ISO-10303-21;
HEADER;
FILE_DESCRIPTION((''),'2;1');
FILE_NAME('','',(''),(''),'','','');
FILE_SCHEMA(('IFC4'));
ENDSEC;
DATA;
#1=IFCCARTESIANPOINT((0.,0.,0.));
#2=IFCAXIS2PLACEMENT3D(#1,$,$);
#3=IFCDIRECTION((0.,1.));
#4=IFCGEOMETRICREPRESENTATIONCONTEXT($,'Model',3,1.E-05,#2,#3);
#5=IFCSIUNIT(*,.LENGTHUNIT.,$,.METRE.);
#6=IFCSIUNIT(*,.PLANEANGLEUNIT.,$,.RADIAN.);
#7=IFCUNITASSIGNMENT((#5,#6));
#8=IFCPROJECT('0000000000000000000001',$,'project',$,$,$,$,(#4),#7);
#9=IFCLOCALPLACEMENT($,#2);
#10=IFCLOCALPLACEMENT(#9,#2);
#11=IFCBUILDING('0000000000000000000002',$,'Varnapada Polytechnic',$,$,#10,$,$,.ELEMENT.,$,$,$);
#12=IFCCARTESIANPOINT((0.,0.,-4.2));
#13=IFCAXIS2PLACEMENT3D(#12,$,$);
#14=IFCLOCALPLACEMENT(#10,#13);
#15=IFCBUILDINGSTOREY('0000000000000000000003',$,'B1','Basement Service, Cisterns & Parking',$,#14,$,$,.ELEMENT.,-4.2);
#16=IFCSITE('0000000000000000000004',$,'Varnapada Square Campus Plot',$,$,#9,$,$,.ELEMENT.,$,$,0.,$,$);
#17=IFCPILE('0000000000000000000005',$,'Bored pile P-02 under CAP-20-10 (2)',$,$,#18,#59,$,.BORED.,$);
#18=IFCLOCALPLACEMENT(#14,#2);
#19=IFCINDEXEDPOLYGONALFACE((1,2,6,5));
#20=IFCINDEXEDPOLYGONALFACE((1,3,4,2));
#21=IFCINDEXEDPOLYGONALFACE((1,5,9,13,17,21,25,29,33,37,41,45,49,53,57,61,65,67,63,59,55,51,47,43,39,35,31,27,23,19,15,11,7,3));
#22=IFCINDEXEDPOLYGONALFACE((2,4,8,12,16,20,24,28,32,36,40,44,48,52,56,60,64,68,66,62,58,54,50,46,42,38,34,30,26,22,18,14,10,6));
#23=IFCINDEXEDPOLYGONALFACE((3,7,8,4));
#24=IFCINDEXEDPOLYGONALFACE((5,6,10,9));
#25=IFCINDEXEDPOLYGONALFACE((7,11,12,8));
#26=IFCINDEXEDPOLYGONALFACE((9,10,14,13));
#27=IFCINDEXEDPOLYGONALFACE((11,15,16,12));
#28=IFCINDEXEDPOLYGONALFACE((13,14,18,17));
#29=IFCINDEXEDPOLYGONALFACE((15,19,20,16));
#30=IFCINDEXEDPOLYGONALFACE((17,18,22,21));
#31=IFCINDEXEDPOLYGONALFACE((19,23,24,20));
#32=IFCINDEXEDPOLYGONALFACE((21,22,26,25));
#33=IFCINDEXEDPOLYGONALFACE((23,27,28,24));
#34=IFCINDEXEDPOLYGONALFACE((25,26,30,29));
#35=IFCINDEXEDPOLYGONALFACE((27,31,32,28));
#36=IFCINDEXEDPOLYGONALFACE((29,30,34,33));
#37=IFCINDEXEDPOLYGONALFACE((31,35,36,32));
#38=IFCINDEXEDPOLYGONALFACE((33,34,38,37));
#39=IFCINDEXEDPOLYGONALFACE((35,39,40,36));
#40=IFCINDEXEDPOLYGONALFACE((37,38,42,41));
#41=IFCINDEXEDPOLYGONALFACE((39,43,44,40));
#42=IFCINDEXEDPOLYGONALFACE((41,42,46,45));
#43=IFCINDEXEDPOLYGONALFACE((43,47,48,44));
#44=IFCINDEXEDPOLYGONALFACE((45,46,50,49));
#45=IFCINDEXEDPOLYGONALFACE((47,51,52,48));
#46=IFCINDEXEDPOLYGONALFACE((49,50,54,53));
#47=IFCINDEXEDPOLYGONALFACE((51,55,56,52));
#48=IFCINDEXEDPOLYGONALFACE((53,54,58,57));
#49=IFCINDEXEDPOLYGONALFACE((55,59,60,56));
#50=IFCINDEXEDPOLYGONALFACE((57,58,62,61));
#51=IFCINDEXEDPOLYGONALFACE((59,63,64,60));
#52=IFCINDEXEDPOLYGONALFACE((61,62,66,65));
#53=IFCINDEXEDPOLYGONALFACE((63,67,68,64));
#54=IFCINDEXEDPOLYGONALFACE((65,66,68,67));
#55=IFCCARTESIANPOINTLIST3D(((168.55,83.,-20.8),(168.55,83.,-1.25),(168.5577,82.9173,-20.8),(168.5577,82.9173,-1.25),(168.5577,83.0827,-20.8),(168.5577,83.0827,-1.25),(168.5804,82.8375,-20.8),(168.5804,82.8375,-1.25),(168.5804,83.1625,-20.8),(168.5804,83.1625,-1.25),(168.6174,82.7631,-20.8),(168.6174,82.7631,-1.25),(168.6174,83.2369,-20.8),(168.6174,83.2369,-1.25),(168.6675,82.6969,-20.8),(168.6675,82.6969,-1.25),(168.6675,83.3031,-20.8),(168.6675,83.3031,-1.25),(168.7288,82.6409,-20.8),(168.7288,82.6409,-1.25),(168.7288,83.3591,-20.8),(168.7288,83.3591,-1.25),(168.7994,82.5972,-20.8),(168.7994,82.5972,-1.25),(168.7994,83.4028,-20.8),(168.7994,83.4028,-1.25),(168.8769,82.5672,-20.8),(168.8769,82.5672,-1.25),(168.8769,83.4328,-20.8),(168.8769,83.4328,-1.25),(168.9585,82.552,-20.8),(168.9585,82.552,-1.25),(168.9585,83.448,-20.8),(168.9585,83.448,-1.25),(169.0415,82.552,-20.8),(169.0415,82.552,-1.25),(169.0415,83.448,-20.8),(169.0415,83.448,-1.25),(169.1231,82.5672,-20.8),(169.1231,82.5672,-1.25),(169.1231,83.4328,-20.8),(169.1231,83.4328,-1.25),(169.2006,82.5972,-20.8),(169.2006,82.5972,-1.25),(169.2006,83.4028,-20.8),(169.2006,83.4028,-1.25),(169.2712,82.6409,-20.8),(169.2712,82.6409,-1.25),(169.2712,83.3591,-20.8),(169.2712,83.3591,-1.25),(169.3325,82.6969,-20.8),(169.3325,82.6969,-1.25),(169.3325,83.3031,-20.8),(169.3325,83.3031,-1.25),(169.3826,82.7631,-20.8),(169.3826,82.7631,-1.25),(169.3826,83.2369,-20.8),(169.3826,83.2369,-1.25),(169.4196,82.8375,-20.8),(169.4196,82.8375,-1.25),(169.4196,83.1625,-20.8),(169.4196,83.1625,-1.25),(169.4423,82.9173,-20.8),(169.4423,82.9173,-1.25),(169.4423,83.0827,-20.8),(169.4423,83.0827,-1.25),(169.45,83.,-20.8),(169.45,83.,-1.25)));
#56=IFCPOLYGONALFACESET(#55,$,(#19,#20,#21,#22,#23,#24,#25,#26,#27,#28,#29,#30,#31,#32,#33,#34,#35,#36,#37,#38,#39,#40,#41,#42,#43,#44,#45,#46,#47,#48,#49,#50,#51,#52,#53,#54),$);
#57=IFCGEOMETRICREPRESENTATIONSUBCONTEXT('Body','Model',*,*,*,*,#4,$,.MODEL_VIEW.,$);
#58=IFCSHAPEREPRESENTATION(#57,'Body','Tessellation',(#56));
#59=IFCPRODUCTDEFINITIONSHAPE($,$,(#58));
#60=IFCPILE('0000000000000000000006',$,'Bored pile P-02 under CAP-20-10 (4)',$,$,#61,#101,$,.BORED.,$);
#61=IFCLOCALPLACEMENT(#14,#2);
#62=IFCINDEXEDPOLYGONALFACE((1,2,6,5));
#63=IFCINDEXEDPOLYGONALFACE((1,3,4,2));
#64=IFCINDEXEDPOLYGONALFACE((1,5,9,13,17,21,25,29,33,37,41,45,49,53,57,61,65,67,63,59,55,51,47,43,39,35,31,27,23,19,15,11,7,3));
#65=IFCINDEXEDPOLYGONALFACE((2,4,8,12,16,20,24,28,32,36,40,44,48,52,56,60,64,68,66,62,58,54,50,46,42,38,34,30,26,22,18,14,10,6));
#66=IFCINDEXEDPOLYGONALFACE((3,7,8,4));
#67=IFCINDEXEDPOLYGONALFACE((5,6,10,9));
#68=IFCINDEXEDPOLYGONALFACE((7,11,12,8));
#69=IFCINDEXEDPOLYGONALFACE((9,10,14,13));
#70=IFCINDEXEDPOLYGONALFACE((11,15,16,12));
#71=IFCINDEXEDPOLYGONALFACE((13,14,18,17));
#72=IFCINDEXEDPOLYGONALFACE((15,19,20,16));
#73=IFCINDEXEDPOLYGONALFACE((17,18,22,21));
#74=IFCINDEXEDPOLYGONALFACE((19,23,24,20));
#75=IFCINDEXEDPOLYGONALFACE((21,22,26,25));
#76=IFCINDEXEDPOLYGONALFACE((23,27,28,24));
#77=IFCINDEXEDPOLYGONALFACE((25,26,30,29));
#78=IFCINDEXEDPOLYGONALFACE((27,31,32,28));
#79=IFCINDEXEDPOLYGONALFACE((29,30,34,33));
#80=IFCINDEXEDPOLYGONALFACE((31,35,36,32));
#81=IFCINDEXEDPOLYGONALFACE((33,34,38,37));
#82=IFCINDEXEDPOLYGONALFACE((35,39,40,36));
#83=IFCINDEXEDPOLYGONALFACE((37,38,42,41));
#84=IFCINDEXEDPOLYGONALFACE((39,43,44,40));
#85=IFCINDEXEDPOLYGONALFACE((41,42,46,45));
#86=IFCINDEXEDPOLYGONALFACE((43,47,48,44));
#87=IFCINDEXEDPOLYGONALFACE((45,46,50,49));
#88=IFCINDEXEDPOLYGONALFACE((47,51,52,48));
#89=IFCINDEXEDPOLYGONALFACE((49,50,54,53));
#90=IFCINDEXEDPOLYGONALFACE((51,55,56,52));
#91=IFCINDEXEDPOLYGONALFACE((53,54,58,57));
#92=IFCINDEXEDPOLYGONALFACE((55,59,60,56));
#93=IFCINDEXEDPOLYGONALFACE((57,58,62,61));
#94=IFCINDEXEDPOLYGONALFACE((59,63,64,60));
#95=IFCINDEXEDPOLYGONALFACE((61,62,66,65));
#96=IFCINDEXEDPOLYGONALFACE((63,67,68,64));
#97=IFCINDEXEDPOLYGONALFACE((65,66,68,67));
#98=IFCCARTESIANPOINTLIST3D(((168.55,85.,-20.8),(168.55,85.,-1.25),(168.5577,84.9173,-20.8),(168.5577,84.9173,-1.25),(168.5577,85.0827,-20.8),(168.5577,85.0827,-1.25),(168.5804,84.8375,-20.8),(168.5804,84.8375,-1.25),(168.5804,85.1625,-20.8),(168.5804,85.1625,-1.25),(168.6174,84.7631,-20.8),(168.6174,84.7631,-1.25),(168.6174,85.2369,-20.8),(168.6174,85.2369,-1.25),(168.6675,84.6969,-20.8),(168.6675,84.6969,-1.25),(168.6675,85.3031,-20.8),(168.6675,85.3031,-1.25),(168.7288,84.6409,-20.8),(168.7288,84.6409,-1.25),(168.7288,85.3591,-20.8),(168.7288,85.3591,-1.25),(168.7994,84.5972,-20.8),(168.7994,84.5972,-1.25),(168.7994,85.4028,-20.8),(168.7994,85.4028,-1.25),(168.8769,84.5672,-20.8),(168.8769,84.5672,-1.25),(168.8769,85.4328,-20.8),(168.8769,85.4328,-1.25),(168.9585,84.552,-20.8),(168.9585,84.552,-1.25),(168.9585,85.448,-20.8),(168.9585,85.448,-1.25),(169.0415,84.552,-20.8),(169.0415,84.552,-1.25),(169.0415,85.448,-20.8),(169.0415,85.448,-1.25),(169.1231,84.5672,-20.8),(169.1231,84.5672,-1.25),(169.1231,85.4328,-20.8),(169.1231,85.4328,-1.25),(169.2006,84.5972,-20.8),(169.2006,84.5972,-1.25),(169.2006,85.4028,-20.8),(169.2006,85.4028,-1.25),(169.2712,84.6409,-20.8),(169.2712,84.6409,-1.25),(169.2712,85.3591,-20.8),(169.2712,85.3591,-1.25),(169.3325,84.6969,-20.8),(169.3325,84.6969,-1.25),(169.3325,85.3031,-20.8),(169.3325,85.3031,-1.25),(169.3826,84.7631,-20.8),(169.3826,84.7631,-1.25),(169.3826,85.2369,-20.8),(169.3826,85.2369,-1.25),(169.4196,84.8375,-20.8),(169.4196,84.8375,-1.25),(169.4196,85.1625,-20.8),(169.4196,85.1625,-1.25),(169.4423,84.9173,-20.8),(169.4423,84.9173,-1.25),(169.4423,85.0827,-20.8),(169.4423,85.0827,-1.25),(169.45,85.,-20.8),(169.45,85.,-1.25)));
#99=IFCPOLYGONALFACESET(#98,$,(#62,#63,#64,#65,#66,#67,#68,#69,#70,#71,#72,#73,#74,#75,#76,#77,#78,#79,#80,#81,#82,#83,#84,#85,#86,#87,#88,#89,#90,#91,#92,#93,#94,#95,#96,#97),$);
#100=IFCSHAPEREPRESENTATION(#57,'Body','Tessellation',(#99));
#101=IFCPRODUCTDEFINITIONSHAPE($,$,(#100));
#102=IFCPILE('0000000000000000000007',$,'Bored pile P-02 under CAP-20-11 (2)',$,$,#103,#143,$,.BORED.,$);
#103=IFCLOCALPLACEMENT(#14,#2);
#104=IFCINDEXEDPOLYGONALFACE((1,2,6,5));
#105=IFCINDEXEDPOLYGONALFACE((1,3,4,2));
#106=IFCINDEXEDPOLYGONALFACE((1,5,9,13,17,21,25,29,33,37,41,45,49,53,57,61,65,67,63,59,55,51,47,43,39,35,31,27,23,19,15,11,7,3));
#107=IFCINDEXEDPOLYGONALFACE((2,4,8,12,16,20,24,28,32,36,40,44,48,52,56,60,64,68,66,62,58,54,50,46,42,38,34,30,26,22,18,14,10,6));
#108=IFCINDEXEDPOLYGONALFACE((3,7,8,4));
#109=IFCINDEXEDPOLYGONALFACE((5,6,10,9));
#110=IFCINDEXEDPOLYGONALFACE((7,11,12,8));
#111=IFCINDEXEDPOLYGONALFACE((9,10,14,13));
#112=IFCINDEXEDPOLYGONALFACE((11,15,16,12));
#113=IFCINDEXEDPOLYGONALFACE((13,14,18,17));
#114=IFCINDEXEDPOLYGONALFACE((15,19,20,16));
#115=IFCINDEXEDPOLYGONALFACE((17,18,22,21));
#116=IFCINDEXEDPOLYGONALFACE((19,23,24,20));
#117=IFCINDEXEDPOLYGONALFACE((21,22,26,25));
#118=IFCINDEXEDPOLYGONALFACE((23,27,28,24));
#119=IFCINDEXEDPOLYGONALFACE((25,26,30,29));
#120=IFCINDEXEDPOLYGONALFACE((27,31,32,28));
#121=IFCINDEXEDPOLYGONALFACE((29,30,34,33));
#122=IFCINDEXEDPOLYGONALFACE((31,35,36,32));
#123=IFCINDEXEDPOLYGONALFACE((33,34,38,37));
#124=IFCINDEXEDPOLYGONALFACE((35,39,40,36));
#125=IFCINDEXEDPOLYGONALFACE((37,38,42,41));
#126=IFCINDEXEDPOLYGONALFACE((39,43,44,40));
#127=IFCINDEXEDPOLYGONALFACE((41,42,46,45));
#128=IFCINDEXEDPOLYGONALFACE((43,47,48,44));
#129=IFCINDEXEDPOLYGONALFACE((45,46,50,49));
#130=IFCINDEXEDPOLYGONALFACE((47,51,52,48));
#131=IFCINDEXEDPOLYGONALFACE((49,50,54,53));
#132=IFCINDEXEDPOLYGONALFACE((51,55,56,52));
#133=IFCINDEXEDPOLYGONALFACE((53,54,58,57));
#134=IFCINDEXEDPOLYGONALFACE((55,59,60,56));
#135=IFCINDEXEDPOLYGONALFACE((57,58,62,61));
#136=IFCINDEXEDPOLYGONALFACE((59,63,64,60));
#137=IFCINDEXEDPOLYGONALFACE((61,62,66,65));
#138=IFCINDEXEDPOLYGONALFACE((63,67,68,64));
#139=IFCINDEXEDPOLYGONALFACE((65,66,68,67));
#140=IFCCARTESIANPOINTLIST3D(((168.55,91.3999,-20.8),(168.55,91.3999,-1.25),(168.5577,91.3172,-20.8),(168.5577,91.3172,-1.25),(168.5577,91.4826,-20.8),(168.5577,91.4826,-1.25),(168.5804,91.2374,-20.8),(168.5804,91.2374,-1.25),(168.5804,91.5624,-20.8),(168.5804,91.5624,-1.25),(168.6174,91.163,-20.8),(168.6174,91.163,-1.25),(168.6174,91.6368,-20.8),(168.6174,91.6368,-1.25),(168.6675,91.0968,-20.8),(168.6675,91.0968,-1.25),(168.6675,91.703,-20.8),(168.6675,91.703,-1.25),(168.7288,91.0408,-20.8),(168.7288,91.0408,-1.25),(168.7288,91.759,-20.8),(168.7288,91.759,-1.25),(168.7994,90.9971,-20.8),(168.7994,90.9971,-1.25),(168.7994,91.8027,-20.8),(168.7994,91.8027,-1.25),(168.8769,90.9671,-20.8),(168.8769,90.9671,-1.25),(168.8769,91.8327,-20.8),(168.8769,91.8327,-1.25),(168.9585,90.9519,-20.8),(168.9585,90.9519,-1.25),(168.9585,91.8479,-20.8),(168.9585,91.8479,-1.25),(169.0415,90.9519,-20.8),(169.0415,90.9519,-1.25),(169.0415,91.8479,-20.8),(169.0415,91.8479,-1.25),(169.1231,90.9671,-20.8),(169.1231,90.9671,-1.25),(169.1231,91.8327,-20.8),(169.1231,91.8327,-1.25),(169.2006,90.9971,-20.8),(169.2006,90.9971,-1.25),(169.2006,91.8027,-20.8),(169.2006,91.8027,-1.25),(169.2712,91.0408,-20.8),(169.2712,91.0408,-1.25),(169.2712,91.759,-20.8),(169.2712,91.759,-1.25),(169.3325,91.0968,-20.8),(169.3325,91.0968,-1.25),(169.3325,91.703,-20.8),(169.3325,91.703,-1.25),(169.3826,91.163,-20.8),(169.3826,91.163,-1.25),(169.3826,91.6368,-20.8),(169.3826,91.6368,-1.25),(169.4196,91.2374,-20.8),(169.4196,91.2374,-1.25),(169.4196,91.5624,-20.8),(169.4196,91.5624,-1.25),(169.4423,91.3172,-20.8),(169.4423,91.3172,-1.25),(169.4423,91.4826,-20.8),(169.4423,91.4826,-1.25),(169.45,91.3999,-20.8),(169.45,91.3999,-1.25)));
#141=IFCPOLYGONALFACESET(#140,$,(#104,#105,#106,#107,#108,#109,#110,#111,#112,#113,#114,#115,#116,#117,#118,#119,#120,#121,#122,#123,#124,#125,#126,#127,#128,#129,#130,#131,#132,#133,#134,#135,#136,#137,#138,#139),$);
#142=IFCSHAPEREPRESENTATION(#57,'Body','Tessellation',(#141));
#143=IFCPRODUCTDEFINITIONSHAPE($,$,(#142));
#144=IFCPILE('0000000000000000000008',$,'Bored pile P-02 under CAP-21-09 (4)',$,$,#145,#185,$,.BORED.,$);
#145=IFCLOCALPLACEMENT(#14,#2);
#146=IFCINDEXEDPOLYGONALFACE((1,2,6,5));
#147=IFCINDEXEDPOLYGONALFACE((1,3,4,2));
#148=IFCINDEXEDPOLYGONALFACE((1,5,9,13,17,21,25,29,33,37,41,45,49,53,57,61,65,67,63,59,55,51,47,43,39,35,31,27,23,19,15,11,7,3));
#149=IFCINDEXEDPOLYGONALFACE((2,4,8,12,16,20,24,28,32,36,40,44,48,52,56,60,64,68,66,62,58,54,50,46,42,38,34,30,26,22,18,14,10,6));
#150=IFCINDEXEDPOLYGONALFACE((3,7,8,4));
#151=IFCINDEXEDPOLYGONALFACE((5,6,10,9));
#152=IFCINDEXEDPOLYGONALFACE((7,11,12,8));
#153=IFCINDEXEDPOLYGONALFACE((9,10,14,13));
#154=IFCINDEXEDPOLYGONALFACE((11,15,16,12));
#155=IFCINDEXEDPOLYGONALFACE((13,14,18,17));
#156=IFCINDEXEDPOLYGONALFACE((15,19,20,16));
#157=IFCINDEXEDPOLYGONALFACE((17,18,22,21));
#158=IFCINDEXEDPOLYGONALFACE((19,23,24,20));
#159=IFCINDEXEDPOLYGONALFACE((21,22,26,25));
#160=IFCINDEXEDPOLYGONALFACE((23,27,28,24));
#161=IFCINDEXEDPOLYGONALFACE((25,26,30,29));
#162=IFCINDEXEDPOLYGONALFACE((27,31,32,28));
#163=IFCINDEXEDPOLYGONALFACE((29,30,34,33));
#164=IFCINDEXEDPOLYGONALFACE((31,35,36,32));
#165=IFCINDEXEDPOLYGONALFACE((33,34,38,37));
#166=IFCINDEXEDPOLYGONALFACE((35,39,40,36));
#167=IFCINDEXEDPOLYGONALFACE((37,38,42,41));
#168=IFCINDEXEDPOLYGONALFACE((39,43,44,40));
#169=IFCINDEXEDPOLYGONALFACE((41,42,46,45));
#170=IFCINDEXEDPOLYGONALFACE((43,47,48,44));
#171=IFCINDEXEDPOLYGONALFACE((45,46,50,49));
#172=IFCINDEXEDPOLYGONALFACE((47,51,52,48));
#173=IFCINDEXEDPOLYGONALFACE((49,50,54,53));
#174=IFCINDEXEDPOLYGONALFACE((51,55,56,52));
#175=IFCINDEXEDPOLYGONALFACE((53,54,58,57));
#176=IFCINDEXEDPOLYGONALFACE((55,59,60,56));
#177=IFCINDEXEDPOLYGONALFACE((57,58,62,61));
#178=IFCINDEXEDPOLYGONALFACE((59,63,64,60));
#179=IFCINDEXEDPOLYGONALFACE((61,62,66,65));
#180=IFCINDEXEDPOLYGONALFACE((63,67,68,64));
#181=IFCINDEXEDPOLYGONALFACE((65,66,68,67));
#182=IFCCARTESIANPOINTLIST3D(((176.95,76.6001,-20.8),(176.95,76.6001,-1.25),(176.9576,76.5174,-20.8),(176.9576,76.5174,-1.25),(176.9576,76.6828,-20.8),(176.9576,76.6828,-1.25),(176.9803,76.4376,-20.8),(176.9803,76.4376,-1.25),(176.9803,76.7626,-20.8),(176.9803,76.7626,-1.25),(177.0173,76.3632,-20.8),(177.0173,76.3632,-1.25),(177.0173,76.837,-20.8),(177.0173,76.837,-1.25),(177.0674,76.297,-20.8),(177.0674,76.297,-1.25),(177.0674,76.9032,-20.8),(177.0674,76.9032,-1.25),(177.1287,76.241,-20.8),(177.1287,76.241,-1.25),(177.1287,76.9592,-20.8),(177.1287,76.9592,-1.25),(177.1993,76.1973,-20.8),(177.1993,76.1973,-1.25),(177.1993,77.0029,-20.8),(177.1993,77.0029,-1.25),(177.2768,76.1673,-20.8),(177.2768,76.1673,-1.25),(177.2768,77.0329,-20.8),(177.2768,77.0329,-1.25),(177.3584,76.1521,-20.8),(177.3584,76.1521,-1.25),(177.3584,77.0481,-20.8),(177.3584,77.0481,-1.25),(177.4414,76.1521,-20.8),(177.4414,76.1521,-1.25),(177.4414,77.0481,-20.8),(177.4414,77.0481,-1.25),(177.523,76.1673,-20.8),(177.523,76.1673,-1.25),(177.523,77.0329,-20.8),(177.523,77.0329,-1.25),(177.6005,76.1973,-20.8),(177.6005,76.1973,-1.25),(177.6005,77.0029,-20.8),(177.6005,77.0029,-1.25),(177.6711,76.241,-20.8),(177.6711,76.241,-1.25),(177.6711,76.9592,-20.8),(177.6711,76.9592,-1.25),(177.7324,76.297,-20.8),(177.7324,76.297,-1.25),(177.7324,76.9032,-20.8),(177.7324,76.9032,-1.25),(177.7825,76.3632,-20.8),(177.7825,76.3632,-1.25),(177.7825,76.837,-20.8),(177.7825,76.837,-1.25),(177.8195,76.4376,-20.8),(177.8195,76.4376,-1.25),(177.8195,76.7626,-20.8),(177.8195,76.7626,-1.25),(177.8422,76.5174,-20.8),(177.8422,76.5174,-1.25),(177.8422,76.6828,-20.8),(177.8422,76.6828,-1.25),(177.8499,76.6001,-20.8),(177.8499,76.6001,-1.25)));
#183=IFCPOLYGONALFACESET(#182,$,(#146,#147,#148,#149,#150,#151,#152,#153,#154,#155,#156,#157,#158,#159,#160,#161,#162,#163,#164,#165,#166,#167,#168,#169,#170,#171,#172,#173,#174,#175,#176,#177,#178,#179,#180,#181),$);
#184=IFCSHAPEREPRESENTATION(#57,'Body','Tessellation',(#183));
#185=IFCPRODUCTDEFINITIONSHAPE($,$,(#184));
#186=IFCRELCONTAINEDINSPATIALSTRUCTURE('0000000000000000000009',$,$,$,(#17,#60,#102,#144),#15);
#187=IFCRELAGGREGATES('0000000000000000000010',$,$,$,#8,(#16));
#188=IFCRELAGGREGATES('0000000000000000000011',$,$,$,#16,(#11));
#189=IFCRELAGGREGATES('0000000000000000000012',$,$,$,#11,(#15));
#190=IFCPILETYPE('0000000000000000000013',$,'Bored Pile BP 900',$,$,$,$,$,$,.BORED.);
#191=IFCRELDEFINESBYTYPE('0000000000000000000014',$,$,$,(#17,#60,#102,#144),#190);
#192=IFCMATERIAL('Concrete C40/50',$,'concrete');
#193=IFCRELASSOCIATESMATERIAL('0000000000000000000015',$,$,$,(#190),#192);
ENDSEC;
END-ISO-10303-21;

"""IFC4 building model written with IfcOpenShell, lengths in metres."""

from ifc_helpers import new_model, si_unit, direction, frame, origin, origin_2d, place, context, subcontext, project, spatial, circle, extrude, material, material_profile, profile_set, type_object, element, save


model = new_model("IFC4")

# Units and contexts
model_context = context("Model", 3, precision=1e-05, world=origin(), true_north=direction((0.0, 1.0)))
body_context = subcontext(model_context, "Body", "Model", "MODEL_VIEW")
ifc_project = project(units=[si_unit("LENGTHUNIT", "METRE"), si_unit("PLANEANGLEUNIT", "RADIAN")], contexts=[model_context])

# Site, building, storey
site_placement = place(None, origin())
site = spatial("IfcSite", under=ifc_project, at=site_placement, Name="Varnapada Square Campus Plot", CompositionType="ELEMENT", RefElevation=0.0)
building_placement = place(site_placement, origin())
building = spatial("IfcBuilding", under=site, at=building_placement, Name="Varnapada Polytechnic", CompositionType="ELEMENT")
storey_placement = place(building_placement, frame((0.0, 0.0, -4.2)))
storey = spatial("IfcBuildingStorey", under=building, at=storey_placement, Name="B1", Description="Basement Service, Cisterns & Parking", CompositionType="ELEMENT", Elevation=-4.2)

# Piles
ifc_material_1 = material(Name="Concrete C40/50", Category="concrete")
ifc_material_profile_1 = material_profile(ifc_material_1, circle(Radius=0.45, at=origin_2d()), Name="BP 900")
ifc_profile_set_1 = profile_set([ifc_material_profile_1], Name="Concrete C40/50")
pile_type = type_object("IfcPileType", Name="Bored Pile BP 900", PredefinedType="BORED", material=ifc_profile_set_1)
for number, where, z_axis, x_axis, name in (
    (1, (169.0, 83.0, -1.25), (0.0, 0.0, -1.0), (1.0, 0.0, 0.0), "Bored pile P-02 under CAP-20-10 (2)"),
    (2, (169.0, 85.0, -1.25), (0.0, 0.0, -1.0), (1.0, 0.0, 0.0), "Bored pile P-02 under CAP-20-10 (4)"),
    (3, (169.0, 91.3999, -1.25), (0.0, 0.0, -1.0), (1.0, 0.0, 0.0), "Bored pile P-02 under CAP-20-11 (2)"),
    (4, (177.3999, 76.6001, -1.25), (0.0, 0.0, -1.0), (1.0, 0.0, 0.0), "Bored pile P-02 under CAP-21-09 (4)"),
):
    element("IfcPile", number, at=place(storey_placement, frame(where, z_axis=z_axis, x_axis=x_axis)), inside=storey, type_object=pile_type, Name=name, PredefinedType="BORED", context=body_context, shape_type="SweptSolid", body=[
        extrude(circle(Radius=0.45, at=origin_2d()), origin(), (0.0, 0.0, 1.0), 19.55),
    ])

save(model, "model.ifc")
